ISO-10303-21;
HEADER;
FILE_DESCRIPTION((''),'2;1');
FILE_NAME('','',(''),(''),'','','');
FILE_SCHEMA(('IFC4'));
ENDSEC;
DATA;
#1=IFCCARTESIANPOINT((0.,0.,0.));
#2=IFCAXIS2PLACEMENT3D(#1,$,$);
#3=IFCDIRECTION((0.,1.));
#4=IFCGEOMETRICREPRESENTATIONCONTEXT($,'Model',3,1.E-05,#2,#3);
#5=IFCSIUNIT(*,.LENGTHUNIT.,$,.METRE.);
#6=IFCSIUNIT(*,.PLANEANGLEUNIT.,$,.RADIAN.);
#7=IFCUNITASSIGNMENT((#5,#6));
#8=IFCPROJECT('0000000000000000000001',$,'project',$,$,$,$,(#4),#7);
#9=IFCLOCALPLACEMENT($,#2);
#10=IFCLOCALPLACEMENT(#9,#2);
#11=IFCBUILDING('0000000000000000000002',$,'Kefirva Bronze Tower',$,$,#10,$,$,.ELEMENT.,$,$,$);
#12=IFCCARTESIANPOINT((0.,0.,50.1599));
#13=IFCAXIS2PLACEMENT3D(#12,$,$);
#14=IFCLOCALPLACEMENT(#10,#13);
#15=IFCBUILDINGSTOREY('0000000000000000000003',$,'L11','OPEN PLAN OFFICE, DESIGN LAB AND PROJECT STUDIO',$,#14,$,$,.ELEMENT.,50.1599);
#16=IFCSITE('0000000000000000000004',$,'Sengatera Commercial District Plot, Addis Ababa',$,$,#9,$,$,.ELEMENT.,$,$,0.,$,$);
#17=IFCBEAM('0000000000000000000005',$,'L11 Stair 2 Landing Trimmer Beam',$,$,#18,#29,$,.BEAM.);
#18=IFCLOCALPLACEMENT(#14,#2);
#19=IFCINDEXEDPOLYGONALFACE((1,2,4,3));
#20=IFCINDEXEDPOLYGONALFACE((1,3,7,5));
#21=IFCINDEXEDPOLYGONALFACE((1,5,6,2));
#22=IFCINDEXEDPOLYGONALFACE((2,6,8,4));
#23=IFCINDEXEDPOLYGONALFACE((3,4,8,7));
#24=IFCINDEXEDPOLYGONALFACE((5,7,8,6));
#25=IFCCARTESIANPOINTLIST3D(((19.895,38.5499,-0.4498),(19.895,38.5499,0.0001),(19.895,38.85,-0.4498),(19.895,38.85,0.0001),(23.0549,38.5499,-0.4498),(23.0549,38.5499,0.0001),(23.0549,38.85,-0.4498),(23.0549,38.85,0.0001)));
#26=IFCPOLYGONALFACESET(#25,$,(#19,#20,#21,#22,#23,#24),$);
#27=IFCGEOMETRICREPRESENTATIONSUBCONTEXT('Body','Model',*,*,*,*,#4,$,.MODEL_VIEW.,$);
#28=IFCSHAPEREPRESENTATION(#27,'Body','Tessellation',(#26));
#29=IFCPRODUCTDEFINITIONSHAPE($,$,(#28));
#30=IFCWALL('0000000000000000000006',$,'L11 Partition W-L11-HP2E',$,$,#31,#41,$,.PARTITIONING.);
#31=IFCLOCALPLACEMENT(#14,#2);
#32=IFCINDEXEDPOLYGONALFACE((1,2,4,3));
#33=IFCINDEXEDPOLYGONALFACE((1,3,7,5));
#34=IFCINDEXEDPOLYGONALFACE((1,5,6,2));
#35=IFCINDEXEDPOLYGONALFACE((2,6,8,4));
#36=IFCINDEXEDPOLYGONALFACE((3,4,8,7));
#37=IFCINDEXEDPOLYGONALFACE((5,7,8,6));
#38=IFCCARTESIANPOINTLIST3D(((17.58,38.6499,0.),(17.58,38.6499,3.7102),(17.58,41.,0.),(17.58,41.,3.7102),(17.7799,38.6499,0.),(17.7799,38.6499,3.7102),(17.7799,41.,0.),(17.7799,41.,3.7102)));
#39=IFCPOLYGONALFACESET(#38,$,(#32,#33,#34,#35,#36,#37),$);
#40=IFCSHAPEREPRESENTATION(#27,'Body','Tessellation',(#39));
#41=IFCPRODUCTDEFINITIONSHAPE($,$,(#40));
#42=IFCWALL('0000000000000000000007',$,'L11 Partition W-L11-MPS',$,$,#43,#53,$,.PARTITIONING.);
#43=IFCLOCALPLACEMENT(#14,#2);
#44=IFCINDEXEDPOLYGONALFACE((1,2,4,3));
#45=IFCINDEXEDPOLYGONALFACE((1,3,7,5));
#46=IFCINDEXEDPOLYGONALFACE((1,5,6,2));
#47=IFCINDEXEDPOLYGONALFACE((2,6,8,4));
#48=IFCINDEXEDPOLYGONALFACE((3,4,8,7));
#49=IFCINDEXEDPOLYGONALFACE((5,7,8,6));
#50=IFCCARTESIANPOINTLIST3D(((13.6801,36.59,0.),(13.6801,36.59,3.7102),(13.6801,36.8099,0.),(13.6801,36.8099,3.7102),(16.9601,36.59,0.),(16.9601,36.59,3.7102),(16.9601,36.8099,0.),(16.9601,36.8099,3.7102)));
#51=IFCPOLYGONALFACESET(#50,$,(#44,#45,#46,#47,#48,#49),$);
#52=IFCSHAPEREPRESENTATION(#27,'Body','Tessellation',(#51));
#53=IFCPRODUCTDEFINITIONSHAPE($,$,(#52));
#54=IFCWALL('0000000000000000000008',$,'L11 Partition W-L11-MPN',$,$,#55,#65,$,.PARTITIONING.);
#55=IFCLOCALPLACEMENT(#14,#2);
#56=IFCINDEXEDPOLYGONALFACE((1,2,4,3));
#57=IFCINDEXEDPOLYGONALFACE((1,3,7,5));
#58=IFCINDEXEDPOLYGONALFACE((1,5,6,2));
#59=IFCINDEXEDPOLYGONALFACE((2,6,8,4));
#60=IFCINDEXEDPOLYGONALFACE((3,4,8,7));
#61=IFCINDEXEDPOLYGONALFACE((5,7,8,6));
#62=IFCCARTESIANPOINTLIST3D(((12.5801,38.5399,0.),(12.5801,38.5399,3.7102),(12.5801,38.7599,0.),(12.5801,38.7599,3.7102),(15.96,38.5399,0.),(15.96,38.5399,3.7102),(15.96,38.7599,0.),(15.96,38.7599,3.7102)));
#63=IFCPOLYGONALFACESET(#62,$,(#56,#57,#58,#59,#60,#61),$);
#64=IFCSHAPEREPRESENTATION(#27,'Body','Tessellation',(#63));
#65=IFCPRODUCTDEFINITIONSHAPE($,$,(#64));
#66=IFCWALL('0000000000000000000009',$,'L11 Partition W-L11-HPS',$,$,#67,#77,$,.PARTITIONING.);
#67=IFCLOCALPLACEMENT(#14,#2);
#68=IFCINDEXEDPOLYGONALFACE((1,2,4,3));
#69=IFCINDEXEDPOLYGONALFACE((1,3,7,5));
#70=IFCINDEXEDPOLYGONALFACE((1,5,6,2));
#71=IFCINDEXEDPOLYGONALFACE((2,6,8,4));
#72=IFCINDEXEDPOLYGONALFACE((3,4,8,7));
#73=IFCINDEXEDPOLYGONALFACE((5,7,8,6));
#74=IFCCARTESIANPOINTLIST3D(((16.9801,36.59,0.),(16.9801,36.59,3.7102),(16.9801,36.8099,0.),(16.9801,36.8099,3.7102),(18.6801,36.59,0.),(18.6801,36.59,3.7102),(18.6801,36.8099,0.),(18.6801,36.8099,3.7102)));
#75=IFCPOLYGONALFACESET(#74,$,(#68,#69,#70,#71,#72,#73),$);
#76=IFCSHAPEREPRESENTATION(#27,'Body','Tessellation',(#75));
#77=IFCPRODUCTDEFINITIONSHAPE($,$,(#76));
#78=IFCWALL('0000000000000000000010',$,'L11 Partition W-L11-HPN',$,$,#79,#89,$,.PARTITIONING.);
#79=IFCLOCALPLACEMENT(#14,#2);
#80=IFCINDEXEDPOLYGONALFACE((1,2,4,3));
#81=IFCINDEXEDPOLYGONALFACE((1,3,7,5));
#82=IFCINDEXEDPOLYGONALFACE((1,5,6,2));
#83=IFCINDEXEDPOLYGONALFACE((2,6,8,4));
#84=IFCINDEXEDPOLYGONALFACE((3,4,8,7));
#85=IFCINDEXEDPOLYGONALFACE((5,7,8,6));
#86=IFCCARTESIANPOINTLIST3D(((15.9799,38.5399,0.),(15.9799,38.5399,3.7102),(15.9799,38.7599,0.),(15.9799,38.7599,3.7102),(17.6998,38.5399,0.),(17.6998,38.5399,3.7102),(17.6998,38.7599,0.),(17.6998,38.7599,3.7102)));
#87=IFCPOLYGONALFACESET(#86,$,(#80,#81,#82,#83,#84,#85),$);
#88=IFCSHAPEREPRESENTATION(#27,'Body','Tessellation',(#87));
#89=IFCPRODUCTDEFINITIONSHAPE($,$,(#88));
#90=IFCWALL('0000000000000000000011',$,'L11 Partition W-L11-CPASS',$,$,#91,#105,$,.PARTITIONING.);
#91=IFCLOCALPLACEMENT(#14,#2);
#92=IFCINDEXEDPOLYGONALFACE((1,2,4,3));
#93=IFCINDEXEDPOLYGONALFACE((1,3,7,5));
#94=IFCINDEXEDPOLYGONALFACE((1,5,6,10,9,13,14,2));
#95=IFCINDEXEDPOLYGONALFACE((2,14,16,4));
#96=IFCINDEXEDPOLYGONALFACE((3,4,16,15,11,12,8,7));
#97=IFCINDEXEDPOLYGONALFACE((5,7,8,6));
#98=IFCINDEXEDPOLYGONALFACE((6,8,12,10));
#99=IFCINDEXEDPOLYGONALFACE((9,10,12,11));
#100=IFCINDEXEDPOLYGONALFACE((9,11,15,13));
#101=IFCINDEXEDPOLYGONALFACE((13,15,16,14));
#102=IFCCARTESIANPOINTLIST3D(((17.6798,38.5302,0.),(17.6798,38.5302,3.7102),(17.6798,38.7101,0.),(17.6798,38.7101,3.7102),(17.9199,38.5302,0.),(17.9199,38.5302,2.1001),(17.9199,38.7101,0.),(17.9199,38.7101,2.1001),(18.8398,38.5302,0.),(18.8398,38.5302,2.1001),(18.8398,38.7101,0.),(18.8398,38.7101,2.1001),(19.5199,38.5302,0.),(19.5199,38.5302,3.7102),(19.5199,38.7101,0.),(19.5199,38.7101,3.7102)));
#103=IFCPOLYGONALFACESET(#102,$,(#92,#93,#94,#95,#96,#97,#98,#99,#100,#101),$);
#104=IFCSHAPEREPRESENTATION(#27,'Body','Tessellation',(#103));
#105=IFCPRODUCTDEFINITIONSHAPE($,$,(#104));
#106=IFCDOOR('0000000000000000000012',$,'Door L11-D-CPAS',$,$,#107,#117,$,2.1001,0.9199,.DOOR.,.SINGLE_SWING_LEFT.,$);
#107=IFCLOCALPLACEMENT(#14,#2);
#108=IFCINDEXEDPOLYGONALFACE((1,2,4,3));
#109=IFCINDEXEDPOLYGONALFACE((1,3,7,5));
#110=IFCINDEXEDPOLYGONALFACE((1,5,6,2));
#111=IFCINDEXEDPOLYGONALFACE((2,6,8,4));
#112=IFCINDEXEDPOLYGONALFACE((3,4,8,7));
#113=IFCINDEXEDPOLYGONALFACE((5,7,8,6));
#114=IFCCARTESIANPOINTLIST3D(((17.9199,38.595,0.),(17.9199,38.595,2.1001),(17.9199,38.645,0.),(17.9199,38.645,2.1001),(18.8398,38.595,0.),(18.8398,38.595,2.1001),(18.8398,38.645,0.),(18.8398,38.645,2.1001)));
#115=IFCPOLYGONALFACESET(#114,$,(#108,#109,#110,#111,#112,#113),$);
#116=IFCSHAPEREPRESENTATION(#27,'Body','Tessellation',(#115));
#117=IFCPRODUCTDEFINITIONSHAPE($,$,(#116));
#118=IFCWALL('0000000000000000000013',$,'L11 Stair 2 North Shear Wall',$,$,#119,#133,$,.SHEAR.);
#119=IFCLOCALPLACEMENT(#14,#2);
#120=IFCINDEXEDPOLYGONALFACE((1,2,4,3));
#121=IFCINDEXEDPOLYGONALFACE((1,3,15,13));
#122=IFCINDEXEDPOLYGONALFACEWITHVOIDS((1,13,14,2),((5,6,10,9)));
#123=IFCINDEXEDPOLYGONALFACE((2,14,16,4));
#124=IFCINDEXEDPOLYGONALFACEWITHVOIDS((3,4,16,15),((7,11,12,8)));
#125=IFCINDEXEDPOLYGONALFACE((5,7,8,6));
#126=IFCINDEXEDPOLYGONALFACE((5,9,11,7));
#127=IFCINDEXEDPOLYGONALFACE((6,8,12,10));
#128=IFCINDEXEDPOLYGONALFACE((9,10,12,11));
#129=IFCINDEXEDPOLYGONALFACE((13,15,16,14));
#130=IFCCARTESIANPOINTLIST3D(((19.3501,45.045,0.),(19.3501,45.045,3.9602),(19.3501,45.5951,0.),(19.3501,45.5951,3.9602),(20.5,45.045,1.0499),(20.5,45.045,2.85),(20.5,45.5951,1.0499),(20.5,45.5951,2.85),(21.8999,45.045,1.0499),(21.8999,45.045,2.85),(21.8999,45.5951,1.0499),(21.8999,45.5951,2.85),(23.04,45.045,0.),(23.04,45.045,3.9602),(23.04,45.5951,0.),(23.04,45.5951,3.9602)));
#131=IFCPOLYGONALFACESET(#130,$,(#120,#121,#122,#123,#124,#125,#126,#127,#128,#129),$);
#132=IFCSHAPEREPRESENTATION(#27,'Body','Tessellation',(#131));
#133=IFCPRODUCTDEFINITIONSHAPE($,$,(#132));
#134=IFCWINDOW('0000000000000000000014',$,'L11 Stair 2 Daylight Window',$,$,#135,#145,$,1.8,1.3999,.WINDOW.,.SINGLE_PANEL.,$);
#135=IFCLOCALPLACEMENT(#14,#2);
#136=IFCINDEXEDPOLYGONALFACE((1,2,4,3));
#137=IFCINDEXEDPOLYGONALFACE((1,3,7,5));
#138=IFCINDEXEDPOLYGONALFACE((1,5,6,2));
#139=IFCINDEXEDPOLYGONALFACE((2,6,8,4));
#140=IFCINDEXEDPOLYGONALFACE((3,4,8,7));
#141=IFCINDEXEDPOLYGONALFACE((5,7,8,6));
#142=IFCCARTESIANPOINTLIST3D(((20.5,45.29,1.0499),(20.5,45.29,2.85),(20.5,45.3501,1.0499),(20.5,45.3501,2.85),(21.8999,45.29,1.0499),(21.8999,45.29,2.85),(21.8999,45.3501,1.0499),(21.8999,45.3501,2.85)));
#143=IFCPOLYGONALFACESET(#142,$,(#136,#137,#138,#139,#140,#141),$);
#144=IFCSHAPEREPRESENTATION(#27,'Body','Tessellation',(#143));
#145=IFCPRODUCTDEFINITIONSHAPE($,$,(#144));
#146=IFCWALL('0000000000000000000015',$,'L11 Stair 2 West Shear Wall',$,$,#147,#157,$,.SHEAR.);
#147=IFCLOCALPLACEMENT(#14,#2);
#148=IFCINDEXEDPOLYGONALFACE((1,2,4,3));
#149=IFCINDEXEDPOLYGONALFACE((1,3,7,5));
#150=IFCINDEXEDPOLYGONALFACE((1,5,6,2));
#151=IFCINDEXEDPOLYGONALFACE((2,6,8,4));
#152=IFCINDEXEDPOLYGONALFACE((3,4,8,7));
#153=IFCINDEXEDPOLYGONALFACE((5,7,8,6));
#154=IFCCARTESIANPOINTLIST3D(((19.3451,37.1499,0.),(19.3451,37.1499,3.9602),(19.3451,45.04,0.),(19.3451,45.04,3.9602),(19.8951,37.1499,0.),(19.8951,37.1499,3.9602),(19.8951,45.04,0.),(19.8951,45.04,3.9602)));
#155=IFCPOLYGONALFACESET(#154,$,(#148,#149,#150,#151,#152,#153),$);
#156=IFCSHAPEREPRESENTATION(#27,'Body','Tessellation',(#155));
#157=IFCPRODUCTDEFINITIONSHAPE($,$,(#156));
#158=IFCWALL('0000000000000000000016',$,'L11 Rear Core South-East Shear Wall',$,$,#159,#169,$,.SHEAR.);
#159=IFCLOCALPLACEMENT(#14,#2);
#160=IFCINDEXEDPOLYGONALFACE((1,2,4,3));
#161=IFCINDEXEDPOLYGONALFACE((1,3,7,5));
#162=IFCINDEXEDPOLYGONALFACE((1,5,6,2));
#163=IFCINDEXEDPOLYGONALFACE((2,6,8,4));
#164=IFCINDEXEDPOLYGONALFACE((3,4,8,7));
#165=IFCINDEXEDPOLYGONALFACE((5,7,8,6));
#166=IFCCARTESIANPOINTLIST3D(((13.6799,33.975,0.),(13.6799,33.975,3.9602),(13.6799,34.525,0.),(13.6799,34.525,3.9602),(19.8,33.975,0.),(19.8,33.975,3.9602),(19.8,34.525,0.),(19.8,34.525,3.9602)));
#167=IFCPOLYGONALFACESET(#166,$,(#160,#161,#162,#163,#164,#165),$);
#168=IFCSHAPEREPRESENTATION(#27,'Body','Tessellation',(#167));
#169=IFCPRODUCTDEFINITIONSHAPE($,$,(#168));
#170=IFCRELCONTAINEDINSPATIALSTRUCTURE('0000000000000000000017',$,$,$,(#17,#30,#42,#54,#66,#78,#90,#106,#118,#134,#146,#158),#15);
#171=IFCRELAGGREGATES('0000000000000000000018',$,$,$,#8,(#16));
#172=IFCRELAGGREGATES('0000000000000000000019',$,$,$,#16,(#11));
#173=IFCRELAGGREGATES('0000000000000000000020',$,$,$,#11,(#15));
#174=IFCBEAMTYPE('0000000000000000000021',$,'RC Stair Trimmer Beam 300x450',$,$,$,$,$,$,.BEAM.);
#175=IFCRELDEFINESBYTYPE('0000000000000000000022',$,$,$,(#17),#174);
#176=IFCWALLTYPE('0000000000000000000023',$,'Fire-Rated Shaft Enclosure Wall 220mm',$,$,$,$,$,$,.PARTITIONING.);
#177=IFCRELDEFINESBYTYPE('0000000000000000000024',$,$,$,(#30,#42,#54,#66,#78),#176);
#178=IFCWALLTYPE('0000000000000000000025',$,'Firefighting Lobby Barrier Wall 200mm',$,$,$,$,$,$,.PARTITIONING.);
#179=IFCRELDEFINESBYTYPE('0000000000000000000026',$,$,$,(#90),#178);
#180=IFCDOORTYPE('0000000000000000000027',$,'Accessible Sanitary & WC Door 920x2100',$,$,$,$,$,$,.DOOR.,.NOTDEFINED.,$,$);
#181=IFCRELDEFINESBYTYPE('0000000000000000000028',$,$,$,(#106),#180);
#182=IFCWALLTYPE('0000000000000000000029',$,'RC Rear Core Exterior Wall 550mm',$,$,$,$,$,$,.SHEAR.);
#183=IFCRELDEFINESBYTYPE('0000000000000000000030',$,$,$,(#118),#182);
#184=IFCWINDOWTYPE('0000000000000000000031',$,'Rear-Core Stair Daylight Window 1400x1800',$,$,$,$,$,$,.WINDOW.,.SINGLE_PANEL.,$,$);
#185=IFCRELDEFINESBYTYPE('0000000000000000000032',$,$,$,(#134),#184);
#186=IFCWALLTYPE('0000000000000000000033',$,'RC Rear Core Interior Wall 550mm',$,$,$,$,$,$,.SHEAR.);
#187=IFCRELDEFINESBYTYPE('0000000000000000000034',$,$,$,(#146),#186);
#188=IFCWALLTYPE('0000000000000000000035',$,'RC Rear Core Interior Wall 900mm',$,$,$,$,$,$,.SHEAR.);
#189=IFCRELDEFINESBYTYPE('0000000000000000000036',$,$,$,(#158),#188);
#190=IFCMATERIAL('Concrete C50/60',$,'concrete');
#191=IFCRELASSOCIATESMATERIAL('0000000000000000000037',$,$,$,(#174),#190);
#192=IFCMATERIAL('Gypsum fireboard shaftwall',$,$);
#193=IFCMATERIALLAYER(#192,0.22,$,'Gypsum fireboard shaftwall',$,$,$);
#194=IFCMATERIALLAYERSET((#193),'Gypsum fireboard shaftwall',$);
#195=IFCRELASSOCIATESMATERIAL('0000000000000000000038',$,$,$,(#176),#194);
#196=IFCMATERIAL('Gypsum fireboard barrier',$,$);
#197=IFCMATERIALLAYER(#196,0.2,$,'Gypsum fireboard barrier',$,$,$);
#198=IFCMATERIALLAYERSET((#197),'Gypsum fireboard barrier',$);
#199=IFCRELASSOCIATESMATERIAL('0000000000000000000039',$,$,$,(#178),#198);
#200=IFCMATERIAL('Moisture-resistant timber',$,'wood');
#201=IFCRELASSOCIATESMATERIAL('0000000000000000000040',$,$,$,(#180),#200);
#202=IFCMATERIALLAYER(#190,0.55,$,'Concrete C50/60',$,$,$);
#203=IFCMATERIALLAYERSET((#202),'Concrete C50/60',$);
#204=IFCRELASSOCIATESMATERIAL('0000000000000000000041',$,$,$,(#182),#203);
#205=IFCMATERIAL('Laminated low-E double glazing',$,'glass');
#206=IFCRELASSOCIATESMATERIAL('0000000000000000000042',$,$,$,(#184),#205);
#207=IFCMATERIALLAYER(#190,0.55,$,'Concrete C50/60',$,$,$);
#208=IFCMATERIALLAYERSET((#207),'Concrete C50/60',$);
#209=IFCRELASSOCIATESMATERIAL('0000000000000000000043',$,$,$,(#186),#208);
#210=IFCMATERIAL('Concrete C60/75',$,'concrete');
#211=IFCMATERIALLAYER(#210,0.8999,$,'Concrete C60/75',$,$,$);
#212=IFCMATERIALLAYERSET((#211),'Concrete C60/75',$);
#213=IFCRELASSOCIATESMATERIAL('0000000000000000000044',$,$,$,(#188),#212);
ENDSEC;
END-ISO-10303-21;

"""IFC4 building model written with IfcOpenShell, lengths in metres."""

from ifc_helpers import new_model, si_unit, direction, frame, frame_2d, origin, origin_2d, place, context, subcontext, project, spatial, rectangle, extrude, material, layer, layer_set, material_profile, profile_set, type_object, element, fill, save


model = new_model("IFC4")

# Units and contexts
model_context = context("Model", 3, precision=1e-05, world=origin(), true_north=direction((0.0, 1.0)))
body_context = subcontext(model_context, "Body", "Model", "MODEL_VIEW")
ifc_project = project(units=[si_unit("LENGTHUNIT", "METRE"), si_unit("PLANEANGLEUNIT", "RADIAN")], contexts=[model_context])

# Site, building, storey
site_placement = place(None, origin())
site = spatial("IfcSite", under=ifc_project, at=site_placement, Name="Sengatera Commercial District Plot, Addis Ababa", CompositionType="ELEMENT", RefElevation=0.0)
building_placement = place(site_placement, origin())
building = spatial("IfcBuilding", under=site, at=building_placement, Name="Kefirva Bronze Tower", CompositionType="ELEMENT")
storey_placement = place(building_placement, frame((0.0, 0.0, 50.1599)))
storey = spatial("IfcBuildingStorey", under=building, at=storey_placement, Name="L11", Description="OPEN PLAN OFFICE, DESIGN LAB AND PROJECT STUDIO", CompositionType="ELEMENT", Elevation=50.1599)

# Beam
ifc_material_1 = material(Name="Concrete C50/60", Category="concrete")
ifc_material_profile = material_profile(ifc_material_1, rectangle(XDim=0.3, YDim=0.45, at=origin_2d()), Name="RC 300x450")
ifc_profile_set = profile_set([ifc_material_profile], Name="Concrete C50/60")
beam_type = type_object("IfcBeamType", Name="RC Stair Trimmer Beam 300x450", PredefinedType="BEAM", material=ifc_profile_set)
beam_placement = place(storey_placement, frame((19.895, 38.7, -0.2249), z_axis=(1.0, 0.0, 0.0), x_axis=(0.0, 1.0, 0.0)))
element("IfcBeam", 1, at=beam_placement, inside=storey, type_object=beam_type, Name="L11 Stair 2 Landing Trimmer Beam", PredefinedType="BEAM", context=body_context, shape_type="SweptSolid", body=[
    extrude(rectangle(XDim=0.3, YDim=0.45, at=origin_2d()), origin(), (0.0, 0.0, 1.0), 3.1599),
])

# Shared definitions
ifc_material_2 = material(Name="Gypsum fireboard shaftwall")
ifc_layer_1 = layer(ifc_material_2, 0.22, Name="Gypsum fireboard shaftwall")
ifc_layer_set_1 = layer_set([ifc_layer_1], Name="Gypsum fireboard shaftwall")
wall_type_1 = type_object("IfcWallType", Name="Fire-Rated Shaft Enclosure Wall 220mm", PredefinedType="PARTITIONING", material=ifc_layer_set_1)

# Walls
wall_1_placement = place(storey_placement, frame((17.6799, 38.6499, 0.0), z_axis=(0.0, 0.0, 1.0), x_axis=(0.0, 1.0, 0.0)))
element("IfcWall", 2, at=wall_1_placement, inside=storey, type_object=wall_type_1, Name="L11 Partition W-L11-HP2E", PredefinedType="PARTITIONING", context=body_context, shape_type="SweptSolid", body=[
    extrude(rectangle(XDim=2.3501, YDim=0.2, at=frame_2d((1.175, 0.0))), origin(), (0.0, 0.0, 1.0), 3.7102),
])
wall_2_placement = place(storey_placement, frame((13.6799, 36.7, 0.0), z_axis=(0.0, 0.0, 1.0), x_axis=(1.0, 0.0, 0.0)))
element("IfcWall", 3, at=wall_2_placement, inside=storey, type_object=wall_type_1, Name="L11 Partition W-L11-MPS", PredefinedType="PARTITIONING", context=body_context, shape_type="SweptSolid", body=[
    extrude(rectangle(XDim=3.28, YDim=0.22, at=frame_2d((1.6401, 0.0))), origin(), (0.0, 0.0, 1.0), 3.7102),
])
wall_3_placement = place(storey_placement, frame((12.5801, 38.6499, 0.0), z_axis=(0.0, 0.0, 1.0), x_axis=(1.0, 0.0, 0.0)))
element("IfcWall", 4, at=wall_3_placement, inside=storey, type_object=wall_type_1, Name="L11 Partition W-L11-MPN", PredefinedType="PARTITIONING", context=body_context, shape_type="SweptSolid", body=[
    extrude(rectangle(XDim=3.3799, YDim=0.22, at=frame_2d((1.6899, 0.0))), origin(), (0.0, 0.0, 1.0), 3.7102),
])
wall_4_placement = place(storey_placement, frame((16.98, 36.7, 0.0), z_axis=(0.0, 0.0, 1.0), x_axis=(1.0, 0.0, 0.0)))
element("IfcWall", 5, at=wall_4_placement, inside=storey, type_object=wall_type_1, Name="L11 Partition W-L11-HPS", PredefinedType="PARTITIONING", context=body_context, shape_type="SweptSolid", body=[
    extrude(rectangle(XDim=1.7, YDim=0.22, at=frame_2d((0.8501, 0.0))), origin(), (0.0, 0.0, 1.0), 3.7102),
])
wall_5_placement = place(storey_placement, frame((15.98, 38.6499, 0.0), z_axis=(0.0, 0.0, 1.0), x_axis=(1.0, 0.0, 0.0)))
element("IfcWall", 6, at=wall_5_placement, inside=storey, type_object=wall_type_1, Name="L11 Partition W-L11-HPN", PredefinedType="PARTITIONING", context=body_context, shape_type="SweptSolid", body=[
    extrude(rectangle(XDim=1.72, YDim=0.22, at=frame_2d((0.8599, 0.0))), origin(), (0.0, 0.0, 1.0), 3.7102),
])

# Wall, opening, door
ifc_material_3 = material(Name="Gypsum fireboard barrier")
ifc_layer_2 = layer(ifc_material_3, 0.2, Name="Gypsum fireboard barrier")
ifc_layer_set_2 = layer_set([ifc_layer_2], Name="Gypsum fireboard barrier")
wall_type_2 = type_object("IfcWallType", Name="Firefighting Lobby Barrier Wall 200mm", PredefinedType="PARTITIONING", material=ifc_layer_set_2)
wall_6_placement = place(storey_placement, frame((17.6799, 38.6201, 0.0), z_axis=(0.0, 0.0, 1.0), x_axis=(1.0, 0.0, 0.0)))
wall_6 = element("IfcWall", 7, at=wall_6_placement, inside=storey, type_object=wall_type_2, Name="L11 Partition W-L11-CPASS", PredefinedType="PARTITIONING", context=body_context, shape_type="SweptSolid", body=[
    extrude(rectangle(XDim=1.8401, YDim=0.1799, at=frame_2d((0.9199, 0.0))), origin(), (0.0, 0.0, 1.0), 3.7102),
])
opening_1_placement = place(wall_6_placement, frame((0.24, 0.0, 0.0)))
opening_1 = element("IfcOpeningElement", 8, at=opening_1_placement, cuts=wall_6, PredefinedType="OPENING", context=body_context, shape_type="SweptSolid", body=[
    extrude(rectangle(XDim=0.9199, YDim=2.1001, at=frame_2d((0.46, 1.05))), frame((0.0, 0.1001, 0.0), z_axis=(0.0, -1.0, 0.0), x_axis=(1.0, 0.0, 0.0)), (0.0, 0.0, 1.0), 0.2),
])
ifc_material_4 = material(Name="Moisture-resistant timber", Category="wood")
door_type_1 = type_object("IfcDoorType", Name="Accessible Sanitary & WC Door 920x2100", OperationType="NOTDEFINED", PredefinedType="DOOR", material=ifc_material_4)
door_1_placement = place(opening_1_placement, origin())
door_1 = element("IfcDoor", 9, at=door_1_placement, inside=storey, type_object=door_type_1, Name="Door L11-D-CPAS", OperationType="SINGLE_SWING_LEFT", OverallHeight=2.1001, OverallWidth=0.9199, PredefinedType="DOOR", context=body_context, shape_type="SweptSolid", body=[
    extrude(rectangle(XDim=0.9199, YDim=2.1001, at=frame_2d((0.46, 1.05))), frame((0.0, 0.0249, 0.0), z_axis=(0.0, -1.0, 0.0), x_axis=(1.0, 0.0, 0.0)), (0.0, 0.0, 1.0), 0.05),
])
fill(opening_1, door_1)

# Wall, opening, window
ifc_layer_3 = layer(ifc_material_1, 0.55, Name="Concrete C50/60")
ifc_layer_set_3 = layer_set([ifc_layer_3], Name="Concrete C50/60")
wall_type_3 = type_object("IfcWallType", Name="RC Rear Core Exterior Wall 550mm", PredefinedType="SHEAR", material=ifc_layer_set_3)
wall_7_placement = place(storey_placement, frame((19.3501, 45.3201, 0.0), z_axis=(0.0, 0.0, 1.0), x_axis=(1.0, 0.0, 0.0)))
wall_7 = element("IfcWall", 10, at=wall_7_placement, inside=storey, type_object=wall_type_3, Name="L11 Stair 2 North Shear Wall", PredefinedType="SHEAR", context=body_context, shape_type="SweptSolid", body=[
    extrude(rectangle(XDim=3.6899, YDim=0.55, at=frame_2d((1.845, 0.0))), origin(), (0.0, 0.0, 1.0), 3.9602),
])
opening_2_placement = place(wall_7_placement, frame((1.1499, 0.0, 1.05)))
opening_2 = element("IfcOpeningElement", 11, at=opening_2_placement, cuts=wall_7, PredefinedType="OPENING", context=body_context, shape_type="SweptSolid", body=[
    extrude(rectangle(XDim=1.3999, YDim=1.8, at=frame_2d((0.7, 0.8999))), frame((0.0, 0.2852, 0.0), z_axis=(0.0, -1.0, 0.0), x_axis=(1.0, 0.0, 0.0)), (0.0, 0.0, 1.0), 0.5701),
])
ifc_material_5 = material(Name="Laminated low-E double glazing", Category="glass")
window_type = type_object("IfcWindowType", Name="Rear-Core Stair Daylight Window 1400x1800", PartitioningType="SINGLE_PANEL", PredefinedType="WINDOW", material=ifc_material_5)
window_placement = place(opening_2_placement, origin())
window = element("IfcWindow", 12, at=window_placement, inside=storey, type_object=window_type, Name="L11 Stair 2 Daylight Window", OverallHeight=1.8, OverallWidth=1.3999, PartitioningType="SINGLE_PANEL", PredefinedType="WINDOW", context=body_context, shape_type="SweptSolid", body=[
    extrude(rectangle(XDim=1.3999, YDim=1.8, at=frame_2d((0.7, 0.8999))), frame((0.0, 0.03, 0.0), z_axis=(0.0, -1.0, 0.0), x_axis=(1.0, 0.0, 0.0)), (0.0, 0.0, 1.0), 0.0601),
])
fill(opening_2, window)

# Walls
ifc_layer_4 = layer(ifc_material_1, 0.55, Name="Concrete C50/60")
ifc_layer_set_4 = layer_set([ifc_layer_4], Name="Concrete C50/60")
wall_type_4 = type_object("IfcWallType", Name="RC Rear Core Interior Wall 550mm", PredefinedType="SHEAR", material=ifc_layer_set_4)
wall_8_placement = place(storey_placement, frame((19.6201, 37.1499, 0.0), z_axis=(0.0, 0.0, 1.0), x_axis=(0.0, 1.0, 0.0)))
element("IfcWall", 13, at=wall_8_placement, inside=storey, type_object=wall_type_4, Name="L11 Stair 2 West Shear Wall", PredefinedType="SHEAR", context=body_context, shape_type="SweptSolid", body=[
    extrude(rectangle(XDim=7.8901, YDim=0.55, at=frame_2d((3.9451, 0.0))), origin(), (0.0, 0.0, 1.0), 3.9602),
])
ifc_material_6 = material(Name="Concrete C60/75", Category="concrete")
ifc_layer_5 = layer(ifc_material_6, 0.8999, Name="Concrete C60/75")
ifc_layer_set_5 = layer_set([ifc_layer_5], Name="Concrete C60/75")
wall_type_5 = type_object("IfcWallType", Name="RC Rear Core Interior Wall 900mm", PredefinedType="SHEAR", material=ifc_layer_set_5)
wall_9_placement = place(storey_placement, frame((13.6799, 34.25, 0.0), z_axis=(0.0, 0.0, 1.0), x_axis=(1.0, 0.0, 0.0)))
element("IfcWall", 14, at=wall_9_placement, inside=storey, type_object=wall_type_5, Name="L11 Rear Core South-East Shear Wall", PredefinedType="SHEAR", context=body_context, shape_type="SweptSolid", body=[
    extrude(rectangle(XDim=6.1201, YDim=0.55, at=frame_2d((3.0601, 0.0))), origin(), (0.0, 0.0, 1.0), 3.9602),
])

save(model, "model.ifc")
